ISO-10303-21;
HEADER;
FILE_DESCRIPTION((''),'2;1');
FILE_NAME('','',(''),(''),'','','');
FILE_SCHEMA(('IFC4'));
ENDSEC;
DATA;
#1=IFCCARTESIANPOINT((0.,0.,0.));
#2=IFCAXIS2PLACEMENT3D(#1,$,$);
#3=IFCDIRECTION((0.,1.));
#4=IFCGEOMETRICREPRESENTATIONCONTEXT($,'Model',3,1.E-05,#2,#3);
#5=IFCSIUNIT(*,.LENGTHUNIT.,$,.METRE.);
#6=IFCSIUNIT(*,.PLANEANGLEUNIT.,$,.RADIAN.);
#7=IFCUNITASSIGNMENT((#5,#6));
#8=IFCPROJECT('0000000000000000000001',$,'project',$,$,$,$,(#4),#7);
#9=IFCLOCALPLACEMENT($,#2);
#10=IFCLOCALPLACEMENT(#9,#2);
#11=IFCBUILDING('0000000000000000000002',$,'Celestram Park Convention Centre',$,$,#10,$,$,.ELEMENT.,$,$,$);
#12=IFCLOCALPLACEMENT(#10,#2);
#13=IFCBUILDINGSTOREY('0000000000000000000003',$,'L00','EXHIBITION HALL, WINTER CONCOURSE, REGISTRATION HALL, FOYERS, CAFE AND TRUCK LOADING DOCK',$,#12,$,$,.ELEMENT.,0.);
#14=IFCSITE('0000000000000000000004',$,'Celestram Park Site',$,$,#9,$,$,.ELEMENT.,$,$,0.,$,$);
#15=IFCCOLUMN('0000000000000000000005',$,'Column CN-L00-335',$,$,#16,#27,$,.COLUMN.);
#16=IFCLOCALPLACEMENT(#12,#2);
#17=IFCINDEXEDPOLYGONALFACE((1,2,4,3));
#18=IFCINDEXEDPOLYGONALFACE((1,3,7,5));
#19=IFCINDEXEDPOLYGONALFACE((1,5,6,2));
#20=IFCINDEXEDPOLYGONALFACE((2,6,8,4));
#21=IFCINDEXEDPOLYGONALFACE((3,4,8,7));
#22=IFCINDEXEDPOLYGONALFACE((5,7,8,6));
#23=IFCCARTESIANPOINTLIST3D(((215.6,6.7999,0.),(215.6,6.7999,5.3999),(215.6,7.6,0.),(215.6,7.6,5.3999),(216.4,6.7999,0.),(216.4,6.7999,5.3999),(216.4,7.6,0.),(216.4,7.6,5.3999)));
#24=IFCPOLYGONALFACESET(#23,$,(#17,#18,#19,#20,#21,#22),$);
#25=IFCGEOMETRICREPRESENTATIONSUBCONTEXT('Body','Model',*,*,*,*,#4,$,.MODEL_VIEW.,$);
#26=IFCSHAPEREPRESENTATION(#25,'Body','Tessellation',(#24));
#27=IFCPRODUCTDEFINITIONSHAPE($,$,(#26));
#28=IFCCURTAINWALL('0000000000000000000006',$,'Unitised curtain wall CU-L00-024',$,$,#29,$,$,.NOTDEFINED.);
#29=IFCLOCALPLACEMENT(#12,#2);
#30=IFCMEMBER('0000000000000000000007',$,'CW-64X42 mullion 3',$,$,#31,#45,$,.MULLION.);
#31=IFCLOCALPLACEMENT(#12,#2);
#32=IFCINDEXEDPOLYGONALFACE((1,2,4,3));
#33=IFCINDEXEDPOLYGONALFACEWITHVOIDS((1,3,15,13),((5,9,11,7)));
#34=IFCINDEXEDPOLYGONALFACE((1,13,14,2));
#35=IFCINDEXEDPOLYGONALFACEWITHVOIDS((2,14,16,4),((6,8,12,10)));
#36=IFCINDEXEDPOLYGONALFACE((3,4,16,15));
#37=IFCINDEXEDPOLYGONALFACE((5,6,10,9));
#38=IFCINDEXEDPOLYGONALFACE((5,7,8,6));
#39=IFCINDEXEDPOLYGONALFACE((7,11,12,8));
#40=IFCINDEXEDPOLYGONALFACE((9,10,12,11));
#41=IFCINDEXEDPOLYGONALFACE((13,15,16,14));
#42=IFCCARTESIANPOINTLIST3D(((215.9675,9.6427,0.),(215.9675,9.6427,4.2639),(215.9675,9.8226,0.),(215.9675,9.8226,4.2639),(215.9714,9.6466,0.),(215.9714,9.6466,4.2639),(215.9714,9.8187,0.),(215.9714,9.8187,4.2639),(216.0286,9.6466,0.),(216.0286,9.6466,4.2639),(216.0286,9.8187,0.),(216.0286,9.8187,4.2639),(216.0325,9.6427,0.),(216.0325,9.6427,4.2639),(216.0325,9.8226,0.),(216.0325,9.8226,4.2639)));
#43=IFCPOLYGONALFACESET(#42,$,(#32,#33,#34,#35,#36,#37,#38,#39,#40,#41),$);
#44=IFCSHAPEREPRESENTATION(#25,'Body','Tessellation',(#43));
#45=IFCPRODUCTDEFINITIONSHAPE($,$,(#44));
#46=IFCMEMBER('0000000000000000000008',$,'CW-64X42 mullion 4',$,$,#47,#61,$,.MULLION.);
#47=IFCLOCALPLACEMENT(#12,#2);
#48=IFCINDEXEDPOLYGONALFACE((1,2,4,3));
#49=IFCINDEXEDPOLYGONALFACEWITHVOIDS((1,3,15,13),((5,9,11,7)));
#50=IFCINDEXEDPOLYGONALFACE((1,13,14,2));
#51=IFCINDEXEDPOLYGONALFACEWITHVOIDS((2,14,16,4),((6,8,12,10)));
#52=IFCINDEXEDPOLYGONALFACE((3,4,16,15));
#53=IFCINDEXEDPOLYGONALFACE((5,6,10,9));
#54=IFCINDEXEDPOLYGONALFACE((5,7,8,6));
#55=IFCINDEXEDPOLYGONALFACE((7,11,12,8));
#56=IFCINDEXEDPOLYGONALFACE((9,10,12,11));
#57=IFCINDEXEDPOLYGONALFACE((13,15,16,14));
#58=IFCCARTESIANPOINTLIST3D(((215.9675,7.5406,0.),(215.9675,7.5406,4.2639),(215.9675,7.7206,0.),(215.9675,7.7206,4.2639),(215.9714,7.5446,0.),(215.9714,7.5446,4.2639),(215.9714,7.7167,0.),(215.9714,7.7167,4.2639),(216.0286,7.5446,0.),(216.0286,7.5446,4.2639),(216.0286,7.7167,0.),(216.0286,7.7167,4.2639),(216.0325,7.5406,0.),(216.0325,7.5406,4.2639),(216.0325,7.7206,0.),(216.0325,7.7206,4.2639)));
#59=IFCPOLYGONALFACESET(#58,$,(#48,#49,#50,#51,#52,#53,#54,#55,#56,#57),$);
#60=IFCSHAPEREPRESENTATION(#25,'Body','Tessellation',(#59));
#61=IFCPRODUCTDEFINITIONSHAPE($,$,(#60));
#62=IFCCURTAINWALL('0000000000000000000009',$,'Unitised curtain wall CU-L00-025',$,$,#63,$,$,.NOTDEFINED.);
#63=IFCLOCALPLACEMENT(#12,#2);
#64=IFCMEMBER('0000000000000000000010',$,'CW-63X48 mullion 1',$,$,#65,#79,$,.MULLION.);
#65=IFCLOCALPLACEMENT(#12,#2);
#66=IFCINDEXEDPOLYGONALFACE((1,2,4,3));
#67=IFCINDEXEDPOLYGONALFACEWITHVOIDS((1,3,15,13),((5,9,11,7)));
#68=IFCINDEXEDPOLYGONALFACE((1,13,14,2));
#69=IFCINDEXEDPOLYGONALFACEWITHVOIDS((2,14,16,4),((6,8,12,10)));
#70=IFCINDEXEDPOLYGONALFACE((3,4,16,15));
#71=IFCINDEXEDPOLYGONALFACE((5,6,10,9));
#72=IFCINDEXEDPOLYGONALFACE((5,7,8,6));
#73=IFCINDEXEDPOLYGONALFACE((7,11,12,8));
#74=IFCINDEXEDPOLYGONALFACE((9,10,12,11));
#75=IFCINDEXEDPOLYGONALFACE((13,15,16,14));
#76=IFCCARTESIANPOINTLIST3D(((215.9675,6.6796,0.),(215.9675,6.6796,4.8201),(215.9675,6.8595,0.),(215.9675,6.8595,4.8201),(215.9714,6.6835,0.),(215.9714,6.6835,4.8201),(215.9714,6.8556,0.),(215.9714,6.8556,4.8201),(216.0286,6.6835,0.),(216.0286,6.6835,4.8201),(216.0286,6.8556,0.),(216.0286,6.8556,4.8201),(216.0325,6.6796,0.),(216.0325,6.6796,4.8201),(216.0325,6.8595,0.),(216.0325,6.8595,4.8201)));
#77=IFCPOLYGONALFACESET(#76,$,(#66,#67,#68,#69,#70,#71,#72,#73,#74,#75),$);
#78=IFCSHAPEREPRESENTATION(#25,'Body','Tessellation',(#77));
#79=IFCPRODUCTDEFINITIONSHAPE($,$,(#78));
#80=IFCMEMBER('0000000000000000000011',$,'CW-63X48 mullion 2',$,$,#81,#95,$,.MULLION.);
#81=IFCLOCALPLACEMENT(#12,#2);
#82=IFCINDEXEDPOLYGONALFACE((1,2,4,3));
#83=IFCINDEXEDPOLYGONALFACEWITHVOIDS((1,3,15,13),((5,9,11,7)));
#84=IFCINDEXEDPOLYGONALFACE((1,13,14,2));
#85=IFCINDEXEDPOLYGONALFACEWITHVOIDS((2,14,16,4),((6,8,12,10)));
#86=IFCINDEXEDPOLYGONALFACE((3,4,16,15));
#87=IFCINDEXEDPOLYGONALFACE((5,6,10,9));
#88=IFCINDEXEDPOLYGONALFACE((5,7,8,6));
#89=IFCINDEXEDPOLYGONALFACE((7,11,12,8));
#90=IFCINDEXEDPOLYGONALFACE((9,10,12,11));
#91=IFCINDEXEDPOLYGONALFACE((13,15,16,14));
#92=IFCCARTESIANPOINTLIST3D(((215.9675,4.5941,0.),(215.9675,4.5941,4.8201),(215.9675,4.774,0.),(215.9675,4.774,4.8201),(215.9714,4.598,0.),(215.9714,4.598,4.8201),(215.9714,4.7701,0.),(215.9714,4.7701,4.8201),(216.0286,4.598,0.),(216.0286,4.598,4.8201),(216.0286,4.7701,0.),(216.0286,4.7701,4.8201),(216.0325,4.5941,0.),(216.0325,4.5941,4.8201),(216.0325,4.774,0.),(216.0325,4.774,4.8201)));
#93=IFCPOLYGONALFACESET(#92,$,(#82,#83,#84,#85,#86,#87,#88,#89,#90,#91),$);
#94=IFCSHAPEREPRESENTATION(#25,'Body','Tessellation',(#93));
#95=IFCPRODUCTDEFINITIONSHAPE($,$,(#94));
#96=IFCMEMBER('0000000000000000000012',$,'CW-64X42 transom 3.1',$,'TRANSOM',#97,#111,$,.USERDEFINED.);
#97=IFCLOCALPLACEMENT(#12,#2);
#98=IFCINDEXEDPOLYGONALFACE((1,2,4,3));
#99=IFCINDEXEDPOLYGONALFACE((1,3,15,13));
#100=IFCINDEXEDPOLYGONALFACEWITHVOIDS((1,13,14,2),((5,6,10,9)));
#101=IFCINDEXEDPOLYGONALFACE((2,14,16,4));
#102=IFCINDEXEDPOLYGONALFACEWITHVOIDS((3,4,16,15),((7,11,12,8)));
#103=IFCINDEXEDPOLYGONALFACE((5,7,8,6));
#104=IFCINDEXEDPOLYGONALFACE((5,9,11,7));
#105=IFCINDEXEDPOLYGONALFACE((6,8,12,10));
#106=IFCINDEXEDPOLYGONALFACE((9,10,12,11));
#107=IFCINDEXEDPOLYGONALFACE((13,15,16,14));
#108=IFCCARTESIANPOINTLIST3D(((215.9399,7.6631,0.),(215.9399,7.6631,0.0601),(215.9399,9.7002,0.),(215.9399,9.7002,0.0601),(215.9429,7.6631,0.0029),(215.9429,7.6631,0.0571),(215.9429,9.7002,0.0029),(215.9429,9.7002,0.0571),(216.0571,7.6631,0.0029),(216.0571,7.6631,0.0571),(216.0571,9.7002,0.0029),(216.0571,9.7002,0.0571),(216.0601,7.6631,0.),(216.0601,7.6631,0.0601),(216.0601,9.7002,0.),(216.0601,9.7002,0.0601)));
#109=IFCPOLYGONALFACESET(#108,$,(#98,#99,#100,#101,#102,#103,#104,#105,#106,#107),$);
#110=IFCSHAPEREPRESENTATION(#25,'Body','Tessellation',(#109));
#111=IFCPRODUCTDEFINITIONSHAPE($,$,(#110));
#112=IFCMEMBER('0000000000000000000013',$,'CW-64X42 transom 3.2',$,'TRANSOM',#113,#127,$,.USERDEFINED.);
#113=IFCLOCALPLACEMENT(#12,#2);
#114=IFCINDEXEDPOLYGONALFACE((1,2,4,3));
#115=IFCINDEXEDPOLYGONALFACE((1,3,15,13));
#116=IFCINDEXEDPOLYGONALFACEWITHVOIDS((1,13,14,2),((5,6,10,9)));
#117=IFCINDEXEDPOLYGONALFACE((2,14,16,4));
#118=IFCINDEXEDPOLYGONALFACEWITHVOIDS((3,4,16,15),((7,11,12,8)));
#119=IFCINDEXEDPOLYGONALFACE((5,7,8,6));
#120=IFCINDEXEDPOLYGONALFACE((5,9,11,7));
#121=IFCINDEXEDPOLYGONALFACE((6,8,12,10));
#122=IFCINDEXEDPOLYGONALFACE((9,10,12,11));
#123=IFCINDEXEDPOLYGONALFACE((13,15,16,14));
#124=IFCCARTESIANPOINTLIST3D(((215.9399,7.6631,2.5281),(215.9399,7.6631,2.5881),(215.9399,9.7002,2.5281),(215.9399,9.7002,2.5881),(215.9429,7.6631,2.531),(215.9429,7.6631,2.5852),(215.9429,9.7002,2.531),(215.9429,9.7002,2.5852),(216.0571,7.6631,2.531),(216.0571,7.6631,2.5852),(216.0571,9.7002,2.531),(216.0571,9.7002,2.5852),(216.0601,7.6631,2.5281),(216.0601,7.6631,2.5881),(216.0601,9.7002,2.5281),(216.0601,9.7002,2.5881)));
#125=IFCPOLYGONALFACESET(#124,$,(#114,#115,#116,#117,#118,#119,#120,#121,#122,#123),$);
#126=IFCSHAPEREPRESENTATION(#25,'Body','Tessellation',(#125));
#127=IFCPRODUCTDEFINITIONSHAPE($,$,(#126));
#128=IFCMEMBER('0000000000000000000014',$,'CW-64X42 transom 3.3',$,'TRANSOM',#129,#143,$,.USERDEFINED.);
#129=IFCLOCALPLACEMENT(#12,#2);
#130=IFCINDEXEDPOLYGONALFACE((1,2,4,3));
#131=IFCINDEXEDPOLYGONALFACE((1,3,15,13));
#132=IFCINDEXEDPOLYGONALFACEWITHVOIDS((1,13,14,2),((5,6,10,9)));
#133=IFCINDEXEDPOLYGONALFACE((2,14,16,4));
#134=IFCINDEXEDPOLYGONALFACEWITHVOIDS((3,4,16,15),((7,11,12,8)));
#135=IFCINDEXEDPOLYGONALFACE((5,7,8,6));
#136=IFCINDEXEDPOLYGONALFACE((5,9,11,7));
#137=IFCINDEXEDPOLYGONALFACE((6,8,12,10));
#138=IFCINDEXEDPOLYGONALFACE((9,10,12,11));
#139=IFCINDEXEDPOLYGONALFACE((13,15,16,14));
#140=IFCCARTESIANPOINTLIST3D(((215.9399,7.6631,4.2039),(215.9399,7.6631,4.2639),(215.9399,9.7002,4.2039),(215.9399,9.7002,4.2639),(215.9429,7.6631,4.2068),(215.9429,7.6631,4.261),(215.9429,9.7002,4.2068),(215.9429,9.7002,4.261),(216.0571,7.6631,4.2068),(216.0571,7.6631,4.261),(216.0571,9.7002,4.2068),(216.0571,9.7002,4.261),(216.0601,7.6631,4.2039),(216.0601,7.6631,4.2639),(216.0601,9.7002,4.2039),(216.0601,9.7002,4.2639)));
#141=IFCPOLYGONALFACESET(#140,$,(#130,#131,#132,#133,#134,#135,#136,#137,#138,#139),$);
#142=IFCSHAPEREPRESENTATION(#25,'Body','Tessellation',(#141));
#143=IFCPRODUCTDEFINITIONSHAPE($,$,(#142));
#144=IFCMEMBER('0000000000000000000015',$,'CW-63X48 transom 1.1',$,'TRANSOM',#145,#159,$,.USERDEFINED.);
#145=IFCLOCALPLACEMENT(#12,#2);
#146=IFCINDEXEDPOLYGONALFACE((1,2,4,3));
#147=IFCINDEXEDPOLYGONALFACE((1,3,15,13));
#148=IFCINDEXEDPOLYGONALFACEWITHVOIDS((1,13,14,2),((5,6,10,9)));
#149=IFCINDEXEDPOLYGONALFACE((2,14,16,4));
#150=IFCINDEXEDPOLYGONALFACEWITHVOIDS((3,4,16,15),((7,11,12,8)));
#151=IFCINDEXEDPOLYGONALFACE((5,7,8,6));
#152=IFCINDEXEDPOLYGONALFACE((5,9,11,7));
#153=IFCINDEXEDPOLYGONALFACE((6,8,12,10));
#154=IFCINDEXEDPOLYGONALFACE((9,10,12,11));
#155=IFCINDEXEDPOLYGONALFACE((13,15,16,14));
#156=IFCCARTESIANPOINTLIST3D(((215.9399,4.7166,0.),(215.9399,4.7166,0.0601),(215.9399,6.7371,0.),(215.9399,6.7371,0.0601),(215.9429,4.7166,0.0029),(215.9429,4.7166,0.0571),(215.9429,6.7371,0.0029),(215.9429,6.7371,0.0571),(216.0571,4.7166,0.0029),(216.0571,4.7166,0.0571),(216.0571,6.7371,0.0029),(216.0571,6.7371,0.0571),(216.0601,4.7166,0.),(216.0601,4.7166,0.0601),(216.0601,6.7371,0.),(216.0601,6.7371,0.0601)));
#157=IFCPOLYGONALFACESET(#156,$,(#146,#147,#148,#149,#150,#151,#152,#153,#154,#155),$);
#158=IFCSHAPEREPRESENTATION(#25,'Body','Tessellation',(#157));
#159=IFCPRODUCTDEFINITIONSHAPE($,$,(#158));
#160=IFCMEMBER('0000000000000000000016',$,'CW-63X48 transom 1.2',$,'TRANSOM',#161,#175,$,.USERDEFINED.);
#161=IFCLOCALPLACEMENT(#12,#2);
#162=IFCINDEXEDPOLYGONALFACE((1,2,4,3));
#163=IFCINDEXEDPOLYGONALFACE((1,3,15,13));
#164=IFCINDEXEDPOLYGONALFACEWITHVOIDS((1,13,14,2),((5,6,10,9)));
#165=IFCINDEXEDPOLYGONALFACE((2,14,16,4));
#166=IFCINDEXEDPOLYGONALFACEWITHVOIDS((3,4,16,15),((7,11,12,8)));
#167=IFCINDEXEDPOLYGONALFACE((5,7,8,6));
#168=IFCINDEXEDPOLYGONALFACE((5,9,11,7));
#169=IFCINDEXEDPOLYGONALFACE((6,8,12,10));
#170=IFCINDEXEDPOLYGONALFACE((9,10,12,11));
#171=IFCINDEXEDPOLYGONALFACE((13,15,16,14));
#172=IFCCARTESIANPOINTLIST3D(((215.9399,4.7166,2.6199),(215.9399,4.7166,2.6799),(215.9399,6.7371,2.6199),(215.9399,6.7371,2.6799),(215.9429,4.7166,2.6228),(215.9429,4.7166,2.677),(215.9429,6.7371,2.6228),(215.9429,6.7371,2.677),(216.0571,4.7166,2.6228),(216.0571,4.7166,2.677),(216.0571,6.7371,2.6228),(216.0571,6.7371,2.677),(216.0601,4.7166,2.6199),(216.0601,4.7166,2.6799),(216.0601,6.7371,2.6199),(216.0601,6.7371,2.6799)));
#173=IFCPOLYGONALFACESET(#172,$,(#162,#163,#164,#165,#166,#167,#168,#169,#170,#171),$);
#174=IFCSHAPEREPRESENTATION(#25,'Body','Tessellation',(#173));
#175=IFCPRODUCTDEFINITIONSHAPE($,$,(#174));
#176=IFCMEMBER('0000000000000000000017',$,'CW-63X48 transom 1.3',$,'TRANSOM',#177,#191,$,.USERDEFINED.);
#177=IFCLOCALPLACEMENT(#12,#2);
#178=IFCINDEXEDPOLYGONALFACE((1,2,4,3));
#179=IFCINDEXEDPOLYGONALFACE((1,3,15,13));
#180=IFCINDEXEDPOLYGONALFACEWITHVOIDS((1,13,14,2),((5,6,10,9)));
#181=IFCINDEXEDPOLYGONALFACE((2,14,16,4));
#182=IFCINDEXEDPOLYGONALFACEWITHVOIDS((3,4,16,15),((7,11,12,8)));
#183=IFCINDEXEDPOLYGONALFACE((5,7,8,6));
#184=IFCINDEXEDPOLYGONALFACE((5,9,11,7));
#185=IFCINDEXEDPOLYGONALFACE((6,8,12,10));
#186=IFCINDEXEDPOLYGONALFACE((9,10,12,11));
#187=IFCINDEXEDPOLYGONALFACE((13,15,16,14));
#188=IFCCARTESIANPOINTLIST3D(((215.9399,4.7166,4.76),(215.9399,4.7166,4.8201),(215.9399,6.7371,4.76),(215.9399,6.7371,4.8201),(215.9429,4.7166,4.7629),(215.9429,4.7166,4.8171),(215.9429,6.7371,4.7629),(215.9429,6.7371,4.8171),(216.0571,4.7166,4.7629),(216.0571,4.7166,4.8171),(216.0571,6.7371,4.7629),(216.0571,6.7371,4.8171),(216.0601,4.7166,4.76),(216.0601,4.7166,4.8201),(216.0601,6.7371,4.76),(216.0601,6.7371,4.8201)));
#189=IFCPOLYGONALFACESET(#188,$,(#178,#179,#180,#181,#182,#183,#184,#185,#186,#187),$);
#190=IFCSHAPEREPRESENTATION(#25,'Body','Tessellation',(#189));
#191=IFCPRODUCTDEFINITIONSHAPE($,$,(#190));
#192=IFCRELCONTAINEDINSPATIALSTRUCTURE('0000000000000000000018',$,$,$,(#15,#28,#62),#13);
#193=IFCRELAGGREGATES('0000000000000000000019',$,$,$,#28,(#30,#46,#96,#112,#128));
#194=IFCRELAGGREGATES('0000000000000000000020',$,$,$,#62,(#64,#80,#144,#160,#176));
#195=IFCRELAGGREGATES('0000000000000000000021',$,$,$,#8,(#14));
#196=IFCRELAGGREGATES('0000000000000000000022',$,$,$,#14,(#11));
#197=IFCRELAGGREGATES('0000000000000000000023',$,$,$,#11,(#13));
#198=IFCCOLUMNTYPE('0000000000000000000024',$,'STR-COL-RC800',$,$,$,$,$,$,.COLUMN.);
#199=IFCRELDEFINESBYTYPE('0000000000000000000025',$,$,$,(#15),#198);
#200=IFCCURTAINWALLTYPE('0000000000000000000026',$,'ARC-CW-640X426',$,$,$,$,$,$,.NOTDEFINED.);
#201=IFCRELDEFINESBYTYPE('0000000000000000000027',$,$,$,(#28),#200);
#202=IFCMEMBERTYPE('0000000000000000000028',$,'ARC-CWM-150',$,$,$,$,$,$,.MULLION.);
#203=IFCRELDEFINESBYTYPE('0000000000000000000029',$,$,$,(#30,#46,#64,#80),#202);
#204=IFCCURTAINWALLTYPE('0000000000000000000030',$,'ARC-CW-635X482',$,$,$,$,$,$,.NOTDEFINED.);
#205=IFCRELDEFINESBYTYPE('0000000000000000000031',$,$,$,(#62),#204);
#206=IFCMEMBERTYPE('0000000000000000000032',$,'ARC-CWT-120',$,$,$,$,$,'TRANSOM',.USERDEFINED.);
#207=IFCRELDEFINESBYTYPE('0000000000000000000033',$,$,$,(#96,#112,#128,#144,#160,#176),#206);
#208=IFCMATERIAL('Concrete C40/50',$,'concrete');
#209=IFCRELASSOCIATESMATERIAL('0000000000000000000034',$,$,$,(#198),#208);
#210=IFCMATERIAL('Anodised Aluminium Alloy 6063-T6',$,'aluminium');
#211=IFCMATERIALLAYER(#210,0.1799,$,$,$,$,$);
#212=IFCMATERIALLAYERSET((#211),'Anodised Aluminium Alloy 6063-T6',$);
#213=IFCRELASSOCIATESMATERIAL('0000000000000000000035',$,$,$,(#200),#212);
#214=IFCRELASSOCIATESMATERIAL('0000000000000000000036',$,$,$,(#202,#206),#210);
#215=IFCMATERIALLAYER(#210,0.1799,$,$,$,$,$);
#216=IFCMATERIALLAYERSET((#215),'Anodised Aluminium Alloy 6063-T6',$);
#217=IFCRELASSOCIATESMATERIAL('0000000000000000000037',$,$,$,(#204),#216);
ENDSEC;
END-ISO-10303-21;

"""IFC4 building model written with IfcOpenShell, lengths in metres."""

from ifc_helpers import new_model, si_unit, direction, frame, origin, origin_2d, place, context, subcontext, project, spatial, rectangle, hollow_rectangle, extrude, material, layer, layer_set, material_profile, profile_set, type_object, element, aggregate, save


model = new_model("IFC4")

# Units and contexts
model_context = context("Model", 3, precision=1e-05, world=origin(), true_north=direction((0.0, 1.0)))
body_context = subcontext(model_context, "Body", "Model", "MODEL_VIEW")
ifc_project = project(units=[si_unit("LENGTHUNIT", "METRE"), si_unit("PLANEANGLEUNIT", "RADIAN")], contexts=[model_context])

# Site, building, storey
site_placement = place(None, origin())
site = spatial("IfcSite", under=ifc_project, at=site_placement, Name="Celestram Park Site", CompositionType="ELEMENT", RefElevation=0.0)
building_placement = place(site_placement, origin())
building = spatial("IfcBuilding", under=site, at=building_placement, Name="Celestram Park Convention Centre", CompositionType="ELEMENT")
storey_placement = place(building_placement, origin())
storey = spatial("IfcBuildingStorey", under=building, at=storey_placement, Name="L00", Description="EXHIBITION HALL, WINTER CONCOURSE, REGISTRATION HALL, FOYERS, CAFE AND TRUCK LOADING DOCK", CompositionType="ELEMENT", Elevation=0.0)

# Column
ifc_material_1 = material(Name="Concrete C40/50", Category="concrete")
ifc_material_profile_1 = material_profile(ifc_material_1, rectangle(XDim=0.8, YDim=0.8, at=origin_2d()), Name="RC800X800")
ifc_profile_set_1 = profile_set([ifc_material_profile_1], Name="Concrete C40/50")
column_type = type_object("IfcColumnType", Name="STR-COL-RC800", PredefinedType="COLUMN", material=ifc_profile_set_1)
column_placement = place(storey_placement, frame((216.0, 7.2, 0.0), z_axis=(0.0, 0.0, 1.0), x_axis=(1.0, 0.0, 0.0)))
element("IfcColumn", 1, at=column_placement, inside=storey, type_object=column_type, Name="Column CN-L00-335", PredefinedType="COLUMN", context=body_context, shape_type="SweptSolid", body=[
    extrude(rectangle(XDim=0.8, YDim=0.8, at=origin_2d()), origin(), (0.0, 0.0, 1.0), 5.3999),
])

# Curtain walls, members
ifc_material_2 = material(Name="Anodised Aluminium Alloy 6063-T6", Category="aluminium")
ifc_layer_1 = layer(ifc_material_2, 0.1799)
ifc_layer_set_1 = layer_set([ifc_layer_1], Name="Anodised Aluminium Alloy 6063-T6")
curtain_wall_type_1 = type_object("IfcCurtainWallType", Name="ARC-CW-640X426", PredefinedType="NOTDEFINED", material=ifc_layer_set_1)
curtain_wall_1_placement = place(storey_placement, origin())
curtain_wall_1 = element("IfcCurtainWall", 2, at=curtain_wall_1_placement, inside=storey, type_object=curtain_wall_type_1, Name="Unitised curtain wall CU-L00-024", PredefinedType="NOTDEFINED")
ifc_material_profile_2 = material_profile(ifc_material_2, hollow_rectangle(XDim=0.0649, YDim=0.1799, WallThickness=0.0039, at=origin_2d()), Name="ALU65X180X4")
ifc_profile_set_2 = profile_set([ifc_material_profile_2], Name="Anodised Aluminium Alloy 6063-T6")
member_type_1 = type_object("IfcMemberType", Name="ARC-CWM-150", PredefinedType="MULLION", material=ifc_profile_set_2)
member_1_placement = place(storey_placement, frame((216.0, 9.7327, 0.0), z_axis=(0.0, 0.0, 1.0), x_axis=(1.0, 0.0, 0.0)))
member_1 = element("IfcMember", 3, at=member_1_placement, type_object=member_type_1, Name="CW-64X42 mullion 3", PredefinedType="MULLION", context=body_context, shape_type="SweptSolid", body=[
    extrude(hollow_rectangle(XDim=0.0649, YDim=0.1799, WallThickness=0.0039, at=origin_2d()), origin(), (0.0, 0.0, 1.0), 4.2639),
])
member_2_placement = place(storey_placement, frame((216.0, 7.6306, 0.0), z_axis=(0.0, 0.0, 1.0), x_axis=(1.0, 0.0, 0.0)))
member_2 = element("IfcMember", 4, at=member_2_placement, type_object=member_type_1, Name="CW-64X42 mullion 4", PredefinedType="MULLION", context=body_context, shape_type="SweptSolid", body=[
    extrude(hollow_rectangle(XDim=0.0649, YDim=0.1799, WallThickness=0.0039, at=origin_2d()), origin(), (0.0, 0.0, 1.0), 4.2639),
])
ifc_layer_2 = layer(ifc_material_2, 0.1799)
ifc_layer_set_2 = layer_set([ifc_layer_2], Name="Anodised Aluminium Alloy 6063-T6")
curtain_wall_type_2 = type_object("IfcCurtainWallType", Name="ARC-CW-635X482", PredefinedType="NOTDEFINED", material=ifc_layer_set_2)
curtain_wall_2_placement = place(storey_placement, origin())
curtain_wall_2 = element("IfcCurtainWall", 5, at=curtain_wall_2_placement, inside=storey, type_object=curtain_wall_type_2, Name="Unitised curtain wall CU-L00-025", PredefinedType="NOTDEFINED")
member_3_placement = place(storey_placement, frame((216.0, 6.7695, 0.0), z_axis=(0.0, 0.0, 1.0), x_axis=(1.0, 0.0, 0.0)))
member_3 = element("IfcMember", 6, at=member_3_placement, type_object=member_type_1, Name="CW-63X48 mullion 1", PredefinedType="MULLION", context=body_context, shape_type="SweptSolid", body=[
    extrude(hollow_rectangle(XDim=0.0649, YDim=0.1799, WallThickness=0.0039, at=origin_2d()), origin(), (0.0, 0.0, 1.0), 4.8201),
])
member_4_placement = place(storey_placement, frame((216.0, 4.6841, 0.0), z_axis=(0.0, 0.0, 1.0), x_axis=(1.0, 0.0, 0.0)))
member_4 = element("IfcMember", 7, at=member_4_placement, type_object=member_type_1, Name="CW-63X48 mullion 2", PredefinedType="MULLION", context=body_context, shape_type="SweptSolid", body=[
    extrude(hollow_rectangle(XDim=0.0649, YDim=0.1799, WallThickness=0.0039, at=origin_2d()), origin(), (0.0, 0.0, 1.0), 4.8201),
])

# Members
ifc_material_profile_3 = material_profile(ifc_material_2, hollow_rectangle(XDim=0.1201, YDim=0.0601, WallThickness=0.0029, at=origin_2d()), Name="ALU120X60X3")
ifc_profile_set_3 = profile_set([ifc_material_profile_3], Name="Anodised Aluminium Alloy 6063-T6")
member_type_2 = type_object("IfcMemberType", Name="ARC-CWT-120", ElementType="TRANSOM", PredefinedType="USERDEFINED", material=ifc_profile_set_3)
member_5_placement = place(storey_placement, frame((216.0, 9.7002, 0.03), z_axis=(0.0, -1.0, 0.0), x_axis=(1.0, 0.0, 0.0)))
member_5 = element("IfcMember", 8, at=member_5_placement, type_object=member_type_2, Name="CW-64X42 transom 3.1", ObjectType="TRANSOM", PredefinedType="USERDEFINED", context=body_context, shape_type="SweptSolid", body=[
    extrude(hollow_rectangle(XDim=0.1201, YDim=0.0601, WallThickness=0.0029, at=origin_2d()), origin(), (0.0, 0.0, 1.0), 2.0371),
])
member_6_placement = place(storey_placement, frame((216.0, 9.7002, 2.5581), z_axis=(0.0, -1.0, 0.0), x_axis=(1.0, 0.0, 0.0)))
member_6 = element("IfcMember", 9, at=member_6_placement, type_object=member_type_2, Name="CW-64X42 transom 3.2", ObjectType="TRANSOM", PredefinedType="USERDEFINED", context=body_context, shape_type="SweptSolid", body=[
    extrude(hollow_rectangle(XDim=0.1201, YDim=0.0601, WallThickness=0.0029, at=origin_2d()), origin(), (0.0, 0.0, 1.0), 2.0371),
])
member_7_placement = place(storey_placement, frame((216.0, 9.7002, 4.2339), z_axis=(0.0, -1.0, 0.0), x_axis=(1.0, 0.0, 0.0)))
member_7 = element("IfcMember", 10, at=member_7_placement, type_object=member_type_2, Name="CW-64X42 transom 3.3", ObjectType="TRANSOM", PredefinedType="USERDEFINED", context=body_context, shape_type="SweptSolid", body=[
    extrude(hollow_rectangle(XDim=0.1201, YDim=0.0601, WallThickness=0.0029, at=origin_2d()), origin(), (0.0, 0.0, 1.0), 2.0371),
])
member_8_placement = place(storey_placement, frame((216.0, 6.7371, 0.03), z_axis=(0.0, -1.0, 0.0), x_axis=(1.0, 0.0, 0.0)))
member_8 = element("IfcMember", 11, at=member_8_placement, type_object=member_type_2, Name="CW-63X48 transom 1.1", ObjectType="TRANSOM", PredefinedType="USERDEFINED", context=body_context, shape_type="SweptSolid", body=[
    extrude(hollow_rectangle(XDim=0.1201, YDim=0.0601, WallThickness=0.0029, at=origin_2d()), origin(), (0.0, 0.0, 1.0), 2.0205),
])
member_9_placement = place(storey_placement, frame((216.0, 6.7371, 2.6499), z_axis=(0.0, -1.0, 0.0), x_axis=(1.0, 0.0, 0.0)))
member_9 = element("IfcMember", 12, at=member_9_placement, type_object=member_type_2, Name="CW-63X48 transom 1.2", ObjectType="TRANSOM", PredefinedType="USERDEFINED", context=body_context, shape_type="SweptSolid", body=[
    extrude(hollow_rectangle(XDim=0.1201, YDim=0.0601, WallThickness=0.0029, at=origin_2d()), origin(), (0.0, 0.0, 1.0), 2.0205),
])
member_10_placement = place(storey_placement, frame((216.0, 6.7371, 4.79), z_axis=(0.0, -1.0, 0.0), x_axis=(1.0, 0.0, 0.0)))
member_10 = element("IfcMember", 13, at=member_10_placement, type_object=member_type_2, Name="CW-63X48 transom 1.3", ObjectType="TRANSOM", PredefinedType="USERDEFINED", context=body_context, shape_type="SweptSolid", body=[
    extrude(hollow_rectangle(XDim=0.1201, YDim=0.0601, WallThickness=0.0029, at=origin_2d()), origin(), (0.0, 0.0, 1.0), 2.0205),
])

aggregate(curtain_wall_1, [member_1, member_2, member_5, member_6, member_7])
aggregate(curtain_wall_2, [member_3, member_4, member_8, member_9, member_10])

save(model, "model.ifc")
